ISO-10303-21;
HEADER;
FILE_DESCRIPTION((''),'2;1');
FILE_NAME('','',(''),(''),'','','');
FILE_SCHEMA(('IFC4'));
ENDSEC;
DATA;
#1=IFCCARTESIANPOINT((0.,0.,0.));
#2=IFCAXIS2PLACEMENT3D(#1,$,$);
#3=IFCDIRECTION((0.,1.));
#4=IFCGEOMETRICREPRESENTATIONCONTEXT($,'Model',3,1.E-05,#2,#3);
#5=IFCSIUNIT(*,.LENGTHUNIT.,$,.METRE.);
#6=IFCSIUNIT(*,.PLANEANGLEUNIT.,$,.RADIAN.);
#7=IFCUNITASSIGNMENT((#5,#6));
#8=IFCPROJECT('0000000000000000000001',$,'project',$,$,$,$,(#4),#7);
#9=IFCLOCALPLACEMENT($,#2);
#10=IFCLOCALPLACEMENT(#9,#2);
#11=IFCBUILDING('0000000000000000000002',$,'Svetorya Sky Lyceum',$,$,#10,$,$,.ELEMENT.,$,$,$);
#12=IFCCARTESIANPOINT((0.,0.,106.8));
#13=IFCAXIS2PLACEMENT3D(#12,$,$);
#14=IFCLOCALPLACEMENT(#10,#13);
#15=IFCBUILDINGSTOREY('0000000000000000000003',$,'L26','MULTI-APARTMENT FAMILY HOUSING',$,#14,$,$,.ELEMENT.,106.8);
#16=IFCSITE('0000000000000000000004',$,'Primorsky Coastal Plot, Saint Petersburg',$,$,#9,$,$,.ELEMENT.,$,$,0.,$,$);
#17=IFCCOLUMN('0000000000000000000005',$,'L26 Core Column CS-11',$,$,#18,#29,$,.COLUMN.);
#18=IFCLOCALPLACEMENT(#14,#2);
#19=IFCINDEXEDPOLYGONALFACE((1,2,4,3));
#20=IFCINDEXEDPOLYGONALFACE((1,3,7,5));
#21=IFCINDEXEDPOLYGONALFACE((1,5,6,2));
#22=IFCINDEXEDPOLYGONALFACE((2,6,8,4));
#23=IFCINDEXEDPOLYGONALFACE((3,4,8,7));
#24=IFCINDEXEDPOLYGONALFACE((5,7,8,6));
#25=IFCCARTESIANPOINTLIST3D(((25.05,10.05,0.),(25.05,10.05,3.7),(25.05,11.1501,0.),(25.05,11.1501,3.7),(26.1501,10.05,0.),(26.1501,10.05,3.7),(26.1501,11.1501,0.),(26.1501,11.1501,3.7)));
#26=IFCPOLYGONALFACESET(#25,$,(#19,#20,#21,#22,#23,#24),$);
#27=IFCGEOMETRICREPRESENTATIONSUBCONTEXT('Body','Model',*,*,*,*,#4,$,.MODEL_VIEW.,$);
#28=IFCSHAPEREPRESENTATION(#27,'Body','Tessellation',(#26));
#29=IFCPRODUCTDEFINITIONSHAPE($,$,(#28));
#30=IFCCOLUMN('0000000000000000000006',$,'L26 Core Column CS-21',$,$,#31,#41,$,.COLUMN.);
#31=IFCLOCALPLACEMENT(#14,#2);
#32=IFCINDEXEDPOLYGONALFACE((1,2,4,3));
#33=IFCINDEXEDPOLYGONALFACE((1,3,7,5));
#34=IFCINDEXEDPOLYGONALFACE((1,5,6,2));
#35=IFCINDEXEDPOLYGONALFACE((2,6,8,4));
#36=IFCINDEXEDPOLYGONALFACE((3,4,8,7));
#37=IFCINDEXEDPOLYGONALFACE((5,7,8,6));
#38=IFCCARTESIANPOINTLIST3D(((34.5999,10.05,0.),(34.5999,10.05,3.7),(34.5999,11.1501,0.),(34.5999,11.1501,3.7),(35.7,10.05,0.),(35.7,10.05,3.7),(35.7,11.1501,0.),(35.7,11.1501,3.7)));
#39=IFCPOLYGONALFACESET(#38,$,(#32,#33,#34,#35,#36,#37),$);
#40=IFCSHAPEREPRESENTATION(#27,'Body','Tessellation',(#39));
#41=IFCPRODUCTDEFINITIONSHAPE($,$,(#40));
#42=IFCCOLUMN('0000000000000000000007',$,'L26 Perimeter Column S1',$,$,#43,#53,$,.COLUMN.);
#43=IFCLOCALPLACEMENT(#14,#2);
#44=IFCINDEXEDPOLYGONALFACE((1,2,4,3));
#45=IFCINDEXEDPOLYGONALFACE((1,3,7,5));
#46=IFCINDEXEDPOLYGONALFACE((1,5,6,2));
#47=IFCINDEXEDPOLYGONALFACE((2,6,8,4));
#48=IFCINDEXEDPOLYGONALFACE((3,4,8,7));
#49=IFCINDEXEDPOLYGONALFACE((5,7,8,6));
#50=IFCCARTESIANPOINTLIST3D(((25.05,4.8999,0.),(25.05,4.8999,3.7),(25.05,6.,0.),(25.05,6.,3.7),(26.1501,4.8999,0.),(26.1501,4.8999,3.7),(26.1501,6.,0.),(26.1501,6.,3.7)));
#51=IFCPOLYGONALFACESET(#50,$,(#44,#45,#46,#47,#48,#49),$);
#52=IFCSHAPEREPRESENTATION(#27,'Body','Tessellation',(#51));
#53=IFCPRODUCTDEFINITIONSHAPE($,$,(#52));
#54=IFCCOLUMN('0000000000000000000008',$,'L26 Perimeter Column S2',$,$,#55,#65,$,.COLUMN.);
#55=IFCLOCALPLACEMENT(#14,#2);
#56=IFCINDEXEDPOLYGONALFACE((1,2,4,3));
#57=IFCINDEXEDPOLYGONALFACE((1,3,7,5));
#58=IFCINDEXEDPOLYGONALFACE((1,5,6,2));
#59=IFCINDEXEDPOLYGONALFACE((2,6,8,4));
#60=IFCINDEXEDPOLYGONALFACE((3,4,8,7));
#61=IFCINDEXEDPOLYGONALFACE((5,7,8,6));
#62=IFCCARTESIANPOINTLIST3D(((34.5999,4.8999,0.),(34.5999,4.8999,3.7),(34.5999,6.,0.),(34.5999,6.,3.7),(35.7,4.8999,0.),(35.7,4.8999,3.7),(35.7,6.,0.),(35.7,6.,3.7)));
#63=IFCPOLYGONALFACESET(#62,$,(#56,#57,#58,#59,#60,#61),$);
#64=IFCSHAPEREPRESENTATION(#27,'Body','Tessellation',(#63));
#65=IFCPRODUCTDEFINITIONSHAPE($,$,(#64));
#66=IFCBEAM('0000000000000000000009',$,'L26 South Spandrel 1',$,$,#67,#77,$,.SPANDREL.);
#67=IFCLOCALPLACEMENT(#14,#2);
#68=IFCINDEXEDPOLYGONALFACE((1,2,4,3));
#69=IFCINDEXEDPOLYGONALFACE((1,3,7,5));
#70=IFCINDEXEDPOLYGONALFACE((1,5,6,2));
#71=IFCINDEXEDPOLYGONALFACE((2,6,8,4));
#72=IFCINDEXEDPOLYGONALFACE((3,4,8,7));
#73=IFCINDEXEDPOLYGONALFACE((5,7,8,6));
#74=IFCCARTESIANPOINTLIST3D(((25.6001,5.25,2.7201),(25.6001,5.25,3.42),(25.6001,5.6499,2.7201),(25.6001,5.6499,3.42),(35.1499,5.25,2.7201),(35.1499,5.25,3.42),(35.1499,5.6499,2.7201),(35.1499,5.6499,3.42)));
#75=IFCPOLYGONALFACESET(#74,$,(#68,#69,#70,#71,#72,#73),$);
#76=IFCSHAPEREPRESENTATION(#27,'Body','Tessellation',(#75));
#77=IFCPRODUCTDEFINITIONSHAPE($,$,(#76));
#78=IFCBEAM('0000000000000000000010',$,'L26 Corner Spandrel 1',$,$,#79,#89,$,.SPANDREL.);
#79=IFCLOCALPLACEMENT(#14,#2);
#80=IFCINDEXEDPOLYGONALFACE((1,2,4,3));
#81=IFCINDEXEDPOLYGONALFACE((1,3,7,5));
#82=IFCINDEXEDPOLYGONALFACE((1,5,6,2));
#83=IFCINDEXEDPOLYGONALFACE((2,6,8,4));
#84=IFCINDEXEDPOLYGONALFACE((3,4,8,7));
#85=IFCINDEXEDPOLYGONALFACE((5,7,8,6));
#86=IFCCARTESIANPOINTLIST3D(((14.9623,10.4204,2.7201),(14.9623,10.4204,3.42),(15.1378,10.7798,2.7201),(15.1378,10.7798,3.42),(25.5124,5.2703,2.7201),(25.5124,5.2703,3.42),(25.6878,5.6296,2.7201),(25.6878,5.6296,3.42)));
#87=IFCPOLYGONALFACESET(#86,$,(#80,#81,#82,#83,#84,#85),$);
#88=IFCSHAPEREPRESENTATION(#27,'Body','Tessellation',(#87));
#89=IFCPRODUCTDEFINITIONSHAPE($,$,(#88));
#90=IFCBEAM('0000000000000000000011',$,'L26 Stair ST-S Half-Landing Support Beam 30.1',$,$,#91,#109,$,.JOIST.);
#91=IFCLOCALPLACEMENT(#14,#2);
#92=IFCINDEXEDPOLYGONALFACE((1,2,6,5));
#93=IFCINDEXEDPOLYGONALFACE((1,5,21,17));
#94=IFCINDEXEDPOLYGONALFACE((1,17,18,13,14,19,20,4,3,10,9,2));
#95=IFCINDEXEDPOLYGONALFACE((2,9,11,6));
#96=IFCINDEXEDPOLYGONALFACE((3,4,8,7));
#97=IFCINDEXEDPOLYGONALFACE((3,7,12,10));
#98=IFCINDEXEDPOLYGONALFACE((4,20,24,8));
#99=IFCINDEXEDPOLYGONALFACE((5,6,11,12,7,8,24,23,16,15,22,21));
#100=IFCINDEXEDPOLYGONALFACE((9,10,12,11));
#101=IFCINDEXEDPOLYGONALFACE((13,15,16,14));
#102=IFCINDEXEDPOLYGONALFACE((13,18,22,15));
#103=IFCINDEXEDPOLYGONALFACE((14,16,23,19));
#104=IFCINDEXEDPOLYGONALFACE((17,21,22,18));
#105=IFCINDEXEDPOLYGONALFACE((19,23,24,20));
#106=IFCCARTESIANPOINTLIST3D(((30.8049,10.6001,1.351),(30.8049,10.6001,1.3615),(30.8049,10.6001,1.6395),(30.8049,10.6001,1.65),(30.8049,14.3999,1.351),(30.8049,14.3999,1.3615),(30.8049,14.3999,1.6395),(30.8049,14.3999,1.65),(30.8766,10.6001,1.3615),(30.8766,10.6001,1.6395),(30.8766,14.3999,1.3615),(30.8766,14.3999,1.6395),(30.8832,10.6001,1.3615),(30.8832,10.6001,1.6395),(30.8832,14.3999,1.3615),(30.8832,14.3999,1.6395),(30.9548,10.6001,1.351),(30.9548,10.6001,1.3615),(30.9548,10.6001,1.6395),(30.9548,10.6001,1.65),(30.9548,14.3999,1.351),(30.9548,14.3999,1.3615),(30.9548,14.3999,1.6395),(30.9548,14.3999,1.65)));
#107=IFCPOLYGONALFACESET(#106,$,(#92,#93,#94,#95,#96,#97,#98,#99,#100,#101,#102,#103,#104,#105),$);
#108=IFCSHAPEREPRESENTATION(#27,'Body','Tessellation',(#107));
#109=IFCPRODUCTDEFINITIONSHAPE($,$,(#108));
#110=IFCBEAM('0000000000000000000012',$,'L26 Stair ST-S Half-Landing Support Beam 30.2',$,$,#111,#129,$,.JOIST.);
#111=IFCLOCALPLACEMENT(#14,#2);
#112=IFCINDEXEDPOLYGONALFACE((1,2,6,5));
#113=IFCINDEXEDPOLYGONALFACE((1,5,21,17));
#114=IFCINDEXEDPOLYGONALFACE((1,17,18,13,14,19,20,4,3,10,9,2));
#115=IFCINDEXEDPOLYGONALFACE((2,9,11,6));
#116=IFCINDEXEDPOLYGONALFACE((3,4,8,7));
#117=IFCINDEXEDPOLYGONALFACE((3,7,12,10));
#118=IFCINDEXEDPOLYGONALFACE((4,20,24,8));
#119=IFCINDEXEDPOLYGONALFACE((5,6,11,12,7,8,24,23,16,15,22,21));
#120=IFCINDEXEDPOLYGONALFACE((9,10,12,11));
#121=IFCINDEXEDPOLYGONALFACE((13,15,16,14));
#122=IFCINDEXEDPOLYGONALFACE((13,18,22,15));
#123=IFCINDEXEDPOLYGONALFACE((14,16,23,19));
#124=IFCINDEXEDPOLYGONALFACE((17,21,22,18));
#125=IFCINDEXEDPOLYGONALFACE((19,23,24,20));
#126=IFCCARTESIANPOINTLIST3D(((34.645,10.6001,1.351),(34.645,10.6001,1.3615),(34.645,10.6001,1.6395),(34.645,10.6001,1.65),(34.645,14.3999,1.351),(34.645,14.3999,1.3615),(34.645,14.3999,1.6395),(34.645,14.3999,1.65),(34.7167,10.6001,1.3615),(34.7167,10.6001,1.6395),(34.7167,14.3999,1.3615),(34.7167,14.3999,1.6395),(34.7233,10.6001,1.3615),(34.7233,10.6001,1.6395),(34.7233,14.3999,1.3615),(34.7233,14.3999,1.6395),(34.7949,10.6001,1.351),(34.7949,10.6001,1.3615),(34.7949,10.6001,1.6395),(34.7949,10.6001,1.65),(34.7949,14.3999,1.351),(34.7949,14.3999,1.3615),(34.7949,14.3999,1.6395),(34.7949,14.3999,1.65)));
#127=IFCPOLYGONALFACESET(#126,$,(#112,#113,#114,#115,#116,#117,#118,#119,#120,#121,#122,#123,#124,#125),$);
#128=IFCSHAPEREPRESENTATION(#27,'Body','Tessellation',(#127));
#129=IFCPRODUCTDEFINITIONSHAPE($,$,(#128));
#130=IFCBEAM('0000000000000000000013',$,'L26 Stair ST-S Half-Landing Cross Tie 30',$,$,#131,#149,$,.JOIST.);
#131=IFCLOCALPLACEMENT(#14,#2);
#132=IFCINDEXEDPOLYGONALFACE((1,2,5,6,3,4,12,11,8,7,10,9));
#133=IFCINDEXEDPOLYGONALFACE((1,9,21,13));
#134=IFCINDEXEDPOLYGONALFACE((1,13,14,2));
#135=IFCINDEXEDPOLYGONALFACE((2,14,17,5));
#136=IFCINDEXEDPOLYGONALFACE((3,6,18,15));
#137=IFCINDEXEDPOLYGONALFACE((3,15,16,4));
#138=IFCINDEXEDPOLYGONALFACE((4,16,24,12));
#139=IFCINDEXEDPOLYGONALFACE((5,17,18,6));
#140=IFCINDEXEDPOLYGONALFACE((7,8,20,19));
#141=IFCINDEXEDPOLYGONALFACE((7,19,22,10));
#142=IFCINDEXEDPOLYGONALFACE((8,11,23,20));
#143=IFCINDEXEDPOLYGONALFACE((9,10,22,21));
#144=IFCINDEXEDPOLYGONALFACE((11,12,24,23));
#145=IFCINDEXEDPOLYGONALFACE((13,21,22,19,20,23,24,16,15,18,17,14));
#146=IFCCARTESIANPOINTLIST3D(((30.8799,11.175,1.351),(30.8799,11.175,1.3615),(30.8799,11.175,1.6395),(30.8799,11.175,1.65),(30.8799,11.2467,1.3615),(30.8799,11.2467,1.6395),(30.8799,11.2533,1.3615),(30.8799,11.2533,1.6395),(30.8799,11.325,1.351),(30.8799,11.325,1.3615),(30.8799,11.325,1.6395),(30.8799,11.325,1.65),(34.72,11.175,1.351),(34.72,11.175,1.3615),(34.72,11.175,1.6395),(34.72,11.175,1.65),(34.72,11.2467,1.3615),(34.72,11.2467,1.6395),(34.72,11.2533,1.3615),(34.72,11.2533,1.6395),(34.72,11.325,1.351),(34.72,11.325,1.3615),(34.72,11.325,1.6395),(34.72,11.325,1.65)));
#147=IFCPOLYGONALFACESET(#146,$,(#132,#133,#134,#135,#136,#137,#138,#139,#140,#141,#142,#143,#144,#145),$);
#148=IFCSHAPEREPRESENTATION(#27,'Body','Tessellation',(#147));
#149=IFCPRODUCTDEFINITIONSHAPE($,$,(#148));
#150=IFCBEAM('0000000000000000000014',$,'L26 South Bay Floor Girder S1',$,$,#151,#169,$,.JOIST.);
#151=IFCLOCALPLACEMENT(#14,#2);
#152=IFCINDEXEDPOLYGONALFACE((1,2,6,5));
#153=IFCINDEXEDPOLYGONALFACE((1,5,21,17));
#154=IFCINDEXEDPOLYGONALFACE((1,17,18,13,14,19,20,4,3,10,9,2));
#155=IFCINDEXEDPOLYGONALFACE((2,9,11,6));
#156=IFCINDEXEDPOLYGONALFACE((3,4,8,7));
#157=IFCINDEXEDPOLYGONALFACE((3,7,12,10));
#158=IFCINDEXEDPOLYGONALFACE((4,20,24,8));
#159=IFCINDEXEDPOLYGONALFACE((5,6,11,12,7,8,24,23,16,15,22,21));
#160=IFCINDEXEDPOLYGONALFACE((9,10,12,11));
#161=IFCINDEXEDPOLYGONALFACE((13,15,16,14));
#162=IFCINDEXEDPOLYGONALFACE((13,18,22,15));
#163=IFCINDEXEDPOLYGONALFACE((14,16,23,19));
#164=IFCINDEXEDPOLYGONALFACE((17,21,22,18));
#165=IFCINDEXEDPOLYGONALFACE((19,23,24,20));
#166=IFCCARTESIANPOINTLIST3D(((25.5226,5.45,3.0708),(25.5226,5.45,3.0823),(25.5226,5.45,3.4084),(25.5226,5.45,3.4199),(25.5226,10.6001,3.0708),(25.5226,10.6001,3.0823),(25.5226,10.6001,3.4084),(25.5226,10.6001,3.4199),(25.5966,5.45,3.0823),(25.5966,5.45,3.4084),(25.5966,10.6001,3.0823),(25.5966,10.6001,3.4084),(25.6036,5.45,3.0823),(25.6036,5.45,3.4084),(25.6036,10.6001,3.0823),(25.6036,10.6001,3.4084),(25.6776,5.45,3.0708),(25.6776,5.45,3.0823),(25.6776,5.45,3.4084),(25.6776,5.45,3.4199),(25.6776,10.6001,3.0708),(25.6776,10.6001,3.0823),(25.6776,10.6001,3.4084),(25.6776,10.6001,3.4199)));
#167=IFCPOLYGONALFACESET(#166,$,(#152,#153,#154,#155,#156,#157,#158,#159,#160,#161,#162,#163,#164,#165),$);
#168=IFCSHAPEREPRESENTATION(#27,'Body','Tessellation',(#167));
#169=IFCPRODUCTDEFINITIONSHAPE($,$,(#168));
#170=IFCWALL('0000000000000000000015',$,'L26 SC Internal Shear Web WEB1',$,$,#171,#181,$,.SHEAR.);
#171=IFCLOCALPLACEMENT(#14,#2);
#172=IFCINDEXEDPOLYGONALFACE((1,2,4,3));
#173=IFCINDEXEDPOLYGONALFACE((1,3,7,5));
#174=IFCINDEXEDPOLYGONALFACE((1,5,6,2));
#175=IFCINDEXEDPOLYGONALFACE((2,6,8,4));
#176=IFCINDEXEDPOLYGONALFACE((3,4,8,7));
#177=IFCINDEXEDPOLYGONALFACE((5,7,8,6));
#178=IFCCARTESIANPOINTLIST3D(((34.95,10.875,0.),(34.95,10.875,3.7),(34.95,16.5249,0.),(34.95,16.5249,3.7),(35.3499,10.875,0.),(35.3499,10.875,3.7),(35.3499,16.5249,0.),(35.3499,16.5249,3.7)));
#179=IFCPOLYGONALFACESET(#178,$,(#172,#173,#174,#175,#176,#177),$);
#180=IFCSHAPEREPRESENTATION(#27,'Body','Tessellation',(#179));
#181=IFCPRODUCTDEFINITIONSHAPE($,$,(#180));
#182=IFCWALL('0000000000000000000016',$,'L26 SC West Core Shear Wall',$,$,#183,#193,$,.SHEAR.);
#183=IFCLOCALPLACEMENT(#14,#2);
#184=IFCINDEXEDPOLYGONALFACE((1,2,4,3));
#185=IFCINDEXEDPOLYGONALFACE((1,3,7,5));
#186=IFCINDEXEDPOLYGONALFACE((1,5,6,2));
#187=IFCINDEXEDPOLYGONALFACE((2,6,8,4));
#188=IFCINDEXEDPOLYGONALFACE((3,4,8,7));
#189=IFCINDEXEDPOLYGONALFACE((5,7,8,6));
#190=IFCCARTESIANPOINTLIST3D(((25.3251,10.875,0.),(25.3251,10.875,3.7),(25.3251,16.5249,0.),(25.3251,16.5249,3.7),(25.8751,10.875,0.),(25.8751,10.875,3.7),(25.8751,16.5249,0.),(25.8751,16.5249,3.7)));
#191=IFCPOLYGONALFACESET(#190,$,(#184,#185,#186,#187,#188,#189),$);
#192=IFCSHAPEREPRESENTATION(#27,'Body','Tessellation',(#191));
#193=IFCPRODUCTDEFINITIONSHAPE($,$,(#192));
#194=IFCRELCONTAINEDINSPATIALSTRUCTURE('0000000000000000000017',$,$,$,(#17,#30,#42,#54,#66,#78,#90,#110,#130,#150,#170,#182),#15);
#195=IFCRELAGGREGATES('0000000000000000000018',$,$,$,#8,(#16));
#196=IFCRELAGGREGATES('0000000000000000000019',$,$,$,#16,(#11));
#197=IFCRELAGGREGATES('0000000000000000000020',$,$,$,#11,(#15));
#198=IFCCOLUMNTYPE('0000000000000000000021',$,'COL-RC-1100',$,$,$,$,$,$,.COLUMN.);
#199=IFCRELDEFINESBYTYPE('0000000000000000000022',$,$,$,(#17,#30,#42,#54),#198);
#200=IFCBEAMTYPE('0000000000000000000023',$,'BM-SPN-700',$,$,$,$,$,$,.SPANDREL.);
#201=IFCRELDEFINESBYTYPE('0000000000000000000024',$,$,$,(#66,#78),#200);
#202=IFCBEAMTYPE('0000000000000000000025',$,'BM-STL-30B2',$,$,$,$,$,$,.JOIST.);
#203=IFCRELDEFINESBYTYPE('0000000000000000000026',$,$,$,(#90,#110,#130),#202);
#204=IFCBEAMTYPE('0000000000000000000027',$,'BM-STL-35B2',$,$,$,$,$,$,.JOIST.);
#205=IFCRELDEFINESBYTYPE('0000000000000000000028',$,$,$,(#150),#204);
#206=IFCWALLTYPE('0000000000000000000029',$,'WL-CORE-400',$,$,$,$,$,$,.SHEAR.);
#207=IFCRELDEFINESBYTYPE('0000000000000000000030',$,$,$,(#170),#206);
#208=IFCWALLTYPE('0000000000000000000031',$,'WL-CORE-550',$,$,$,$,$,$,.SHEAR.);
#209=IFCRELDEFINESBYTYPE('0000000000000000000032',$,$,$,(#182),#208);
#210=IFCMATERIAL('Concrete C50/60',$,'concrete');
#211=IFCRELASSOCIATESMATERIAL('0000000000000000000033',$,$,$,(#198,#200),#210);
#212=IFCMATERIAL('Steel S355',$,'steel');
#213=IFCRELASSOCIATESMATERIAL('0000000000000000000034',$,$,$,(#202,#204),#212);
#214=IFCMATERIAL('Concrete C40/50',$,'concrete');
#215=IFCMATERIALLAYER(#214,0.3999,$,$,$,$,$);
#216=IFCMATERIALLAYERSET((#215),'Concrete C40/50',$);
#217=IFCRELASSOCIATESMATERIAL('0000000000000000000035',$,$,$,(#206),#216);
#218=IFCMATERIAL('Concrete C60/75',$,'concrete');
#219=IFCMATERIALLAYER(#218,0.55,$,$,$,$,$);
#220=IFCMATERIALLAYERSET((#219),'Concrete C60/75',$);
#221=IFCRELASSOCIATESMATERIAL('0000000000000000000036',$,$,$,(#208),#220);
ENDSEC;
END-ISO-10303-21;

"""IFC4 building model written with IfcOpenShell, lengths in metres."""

from ifc_helpers import new_model, si_unit, direction, frame, frame_2d, origin, origin_2d, place, context, subcontext, project, spatial, rectangle, i_section, extrude, material, layer, layer_set, material_profile, profile_set, type_object, element, save


model = new_model("IFC4")

# Units and contexts
model_context = context("Model", 3, precision=1e-05, world=origin(), true_north=direction((0.0, 1.0)))
body_context = subcontext(model_context, "Body", "Model", "MODEL_VIEW")
ifc_project = project(units=[si_unit("LENGTHUNIT", "METRE"), si_unit("PLANEANGLEUNIT", "RADIAN")], contexts=[model_context])

# Site, building, storey
site_placement = place(None, origin())
site = spatial("IfcSite", under=ifc_project, at=site_placement, Name="Primorsky Coastal Plot, Saint Petersburg", CompositionType="ELEMENT", RefElevation=0.0)
building_placement = place(site_placement, origin())
building = spatial("IfcBuilding", under=site, at=building_placement, Name="Svetorya Sky Lyceum", CompositionType="ELEMENT")
storey_placement = place(building_placement, frame((0.0, 0.0, 106.8)))
storey = spatial("IfcBuildingStorey", under=building, at=storey_placement, Name="L26", Description="MULTI-APARTMENT FAMILY HOUSING", CompositionType="ELEMENT", Elevation=106.8)

# Columns
ifc_material_1 = material(Name="Concrete C50/60", Category="concrete")
ifc_material_profile_1 = material_profile(ifc_material_1, rectangle(XDim=1.1001, YDim=1.1001, at=origin_2d()), Name="RC COL 1100x1100")
ifc_profile_set_1 = profile_set([ifc_material_profile_1], Name="Concrete C50/60")
column_type = type_object("IfcColumnType", Name="COL-RC-1100", PredefinedType="COLUMN", material=ifc_profile_set_1)
for number, where, z_axis, x_axis, name in (
    (1, (25.6001, 10.6001, 0.0), (0.0, 0.0, 1.0), (1.0, 0.0, 0.0), "L26 Core Column CS-11"),
    (2, (35.1499, 10.6001, 0.0), (0.0, 0.0, 1.0), (1.0, 0.0, 0.0), "L26 Core Column CS-21"),
    (3, (25.6001, 5.45, 0.0), (0.0, 0.0, 1.0), (1.0, 0.0, 0.0), "L26 Perimeter Column S1"),
    (4, (35.1499, 5.45, 0.0), (0.0, 0.0, 1.0), (1.0, 0.0, 0.0), "L26 Perimeter Column S2"),
):
    element("IfcColumn", number, at=place(storey_placement, frame(where, z_axis=z_axis, x_axis=x_axis)), inside=storey, type_object=column_type, Name=name, PredefinedType="COLUMN", context=body_context, shape_type="SweptSolid", body=[
        extrude(rectangle(XDim=1.1001, YDim=1.1001, at=origin_2d()), origin(), (0.0, 0.0, 1.0), 3.7),
    ])

# Beams
ifc_material_profile_2 = material_profile(ifc_material_1, rectangle(XDim=0.3999, YDim=0.7, at=origin_2d()), Name="RC SPANDREL 400x700")
ifc_profile_set_2 = profile_set([ifc_material_profile_2], Name="Concrete C50/60")
beam_type_1 = type_object("IfcBeamType", Name="BM-SPN-700", PredefinedType="SPANDREL", material=ifc_profile_set_2)
beam_1_placement = place(storey_placement, frame((25.6001, 5.45, 3.0701), z_axis=(1.0, 0.0, 0.0), x_axis=(0.0, 1.0, 0.0)))
element("IfcBeam", 5, at=beam_1_placement, inside=storey, type_object=beam_type_1, Name="L26 South Spandrel 1", PredefinedType="SPANDREL", context=body_context, shape_type="SweptSolid", body=[
    extrude(rectangle(XDim=0.3999, YDim=0.7, at=origin_2d()), origin(), (0.0, 0.0, 1.0), 9.5498),
])
beam_2_placement = place(storey_placement, frame((25.6001, 5.45, 3.0701), z_axis=(-0.898641, 0.438684, 0.0), x_axis=(-0.438684, -0.898641, 0.0)))
element("IfcBeam", 6, at=beam_2_placement, inside=storey, type_object=beam_type_1, Name="L26 Corner Spandrel 1", PredefinedType="SPANDREL", context=body_context, shape_type="SweptSolid", body=[
    extrude(rectangle(XDim=0.3999, YDim=0.7, at=origin_2d()), origin(), (0.0, 0.0, 1.0), 11.74),
])
ifc_material_2 = material(Name="Steel S355", Category="steel")
ifc_material_profile_3 = material_profile(ifc_material_2, i_section(OverallWidth=0.1499, OverallDepth=0.2991, WebThickness=0.0066, FlangeThickness=0.0105, at=origin_2d()), Name="GOST 30B2")
ifc_profile_set_3 = profile_set([ifc_material_profile_3], Name="Steel S355")
beam_type_2 = type_object("IfcBeamType", Name="BM-STL-30B2", PredefinedType="JOIST", material=ifc_profile_set_3)
for number, where, z_axis, x_axis, name in (
    (7, (30.8799, 10.6001, 1.5005), (0.0, 1.0, 0.0), (-1.0, 0.0, 0.0), "L26 Stair ST-S Half-Landing Support Beam 30.1"),
    (8, (34.72, 10.6001, 1.5005), (0.0, 1.0, 0.0), (-1.0, 0.0, 0.0), "L26 Stair ST-S Half-Landing Support Beam 30.2"),
):
    element("IfcBeam", number, at=place(storey_placement, frame(where, z_axis=z_axis, x_axis=x_axis)), inside=storey, type_object=beam_type_2, Name=name, PredefinedType="JOIST", context=body_context, shape_type="SweptSolid", body=[
        extrude(i_section(OverallWidth=0.1499, OverallDepth=0.2991, WebThickness=0.0066, FlangeThickness=0.0105, at=origin_2d()), origin(), (0.0, 0.0, 1.0), 3.7998),
    ])
beam_3_placement = place(storey_placement, frame((30.8799, 11.25, 1.5005), z_axis=(1.0, 0.0, 0.0), x_axis=(0.0, 1.0, 0.0)))
element("IfcBeam", 9, at=beam_3_placement, inside=storey, type_object=beam_type_2, Name="L26 Stair ST-S Half-Landing Cross Tie 30", PredefinedType="JOIST", context=body_context, shape_type="SweptSolid", body=[
    extrude(i_section(OverallWidth=0.1499, OverallDepth=0.2991, WebThickness=0.0066, FlangeThickness=0.0105, at=origin_2d()), origin(), (0.0, 0.0, 1.0), 3.8401),
])
ifc_material_profile_4 = material_profile(ifc_material_2, i_section(OverallWidth=0.155, OverallDepth=0.3491, WebThickness=0.0071, FlangeThickness=0.0115, at=origin_2d()), Name="GOST 35B2")
ifc_profile_set_4 = profile_set([ifc_material_profile_4], Name="Steel S355")
beam_type_3 = type_object("IfcBeamType", Name="BM-STL-35B2", PredefinedType="JOIST", material=ifc_profile_set_4)
beam_4_placement = place(storey_placement, frame((25.6001, 5.45, 3.2454), z_axis=(0.0, 1.0, 0.0), x_axis=(-1.0, 0.0, 0.0)))
element("IfcBeam", 10, at=beam_4_placement, inside=storey, type_object=beam_type_3, Name="L26 South Bay Floor Girder S1", PredefinedType="JOIST", context=body_context, shape_type="SweptSolid", body=[
    extrude(i_section(OverallWidth=0.155, OverallDepth=0.3491, WebThickness=0.0071, FlangeThickness=0.0115, at=origin_2d()), origin(), (0.0, 0.0, 1.0), 5.1501),
])

# Walls
ifc_material_3 = material(Name="Concrete C40/50", Category="concrete")
ifc_layer_1 = layer(ifc_material_3, 0.3999)
ifc_layer_set_1 = layer_set([ifc_layer_1], Name="Concrete C40/50")
wall_type_1 = type_object("IfcWallType", Name="WL-CORE-400", PredefinedType="SHEAR", material=ifc_layer_set_1)
wall_1_placement = place(storey_placement, frame((35.1499, 10.875, 0.0), z_axis=(0.0, 0.0, 1.0), x_axis=(0.0, 1.0, 0.0)))
element("IfcWall", 11, at=wall_1_placement, inside=storey, type_object=wall_type_1, Name="L26 SC Internal Shear Web WEB1", PredefinedType="SHEAR", context=body_context, shape_type="SweptSolid", body=[
    extrude(rectangle(XDim=5.6499, YDim=0.3999, at=frame_2d((2.825, 0.0))), origin(), (0.0, 0.0, 1.0), 3.7),
])
ifc_material_4 = material(Name="Concrete C60/75", Category="concrete")
ifc_layer_2 = layer(ifc_material_4, 0.55)
ifc_layer_set_2 = layer_set([ifc_layer_2], Name="Concrete C60/75")
wall_type_2 = type_object("IfcWallType", Name="WL-CORE-550", PredefinedType="SHEAR", material=ifc_layer_set_2)
wall_2_placement = place(storey_placement, frame((25.6001, 10.875, 0.0), z_axis=(0.0, 0.0, 1.0), x_axis=(0.0, 1.0, 0.0)))
element("IfcWall", 12, at=wall_2_placement, inside=storey, type_object=wall_type_2, Name="L26 SC West Core Shear Wall", PredefinedType="SHEAR", context=body_context, shape_type="SweptSolid", body=[
    extrude(rectangle(XDim=5.6499, YDim=0.55, at=frame_2d((2.825, 0.0))), origin(), (0.0, 0.0, 1.0), 3.7),
])

save(model, "model.ifc")
